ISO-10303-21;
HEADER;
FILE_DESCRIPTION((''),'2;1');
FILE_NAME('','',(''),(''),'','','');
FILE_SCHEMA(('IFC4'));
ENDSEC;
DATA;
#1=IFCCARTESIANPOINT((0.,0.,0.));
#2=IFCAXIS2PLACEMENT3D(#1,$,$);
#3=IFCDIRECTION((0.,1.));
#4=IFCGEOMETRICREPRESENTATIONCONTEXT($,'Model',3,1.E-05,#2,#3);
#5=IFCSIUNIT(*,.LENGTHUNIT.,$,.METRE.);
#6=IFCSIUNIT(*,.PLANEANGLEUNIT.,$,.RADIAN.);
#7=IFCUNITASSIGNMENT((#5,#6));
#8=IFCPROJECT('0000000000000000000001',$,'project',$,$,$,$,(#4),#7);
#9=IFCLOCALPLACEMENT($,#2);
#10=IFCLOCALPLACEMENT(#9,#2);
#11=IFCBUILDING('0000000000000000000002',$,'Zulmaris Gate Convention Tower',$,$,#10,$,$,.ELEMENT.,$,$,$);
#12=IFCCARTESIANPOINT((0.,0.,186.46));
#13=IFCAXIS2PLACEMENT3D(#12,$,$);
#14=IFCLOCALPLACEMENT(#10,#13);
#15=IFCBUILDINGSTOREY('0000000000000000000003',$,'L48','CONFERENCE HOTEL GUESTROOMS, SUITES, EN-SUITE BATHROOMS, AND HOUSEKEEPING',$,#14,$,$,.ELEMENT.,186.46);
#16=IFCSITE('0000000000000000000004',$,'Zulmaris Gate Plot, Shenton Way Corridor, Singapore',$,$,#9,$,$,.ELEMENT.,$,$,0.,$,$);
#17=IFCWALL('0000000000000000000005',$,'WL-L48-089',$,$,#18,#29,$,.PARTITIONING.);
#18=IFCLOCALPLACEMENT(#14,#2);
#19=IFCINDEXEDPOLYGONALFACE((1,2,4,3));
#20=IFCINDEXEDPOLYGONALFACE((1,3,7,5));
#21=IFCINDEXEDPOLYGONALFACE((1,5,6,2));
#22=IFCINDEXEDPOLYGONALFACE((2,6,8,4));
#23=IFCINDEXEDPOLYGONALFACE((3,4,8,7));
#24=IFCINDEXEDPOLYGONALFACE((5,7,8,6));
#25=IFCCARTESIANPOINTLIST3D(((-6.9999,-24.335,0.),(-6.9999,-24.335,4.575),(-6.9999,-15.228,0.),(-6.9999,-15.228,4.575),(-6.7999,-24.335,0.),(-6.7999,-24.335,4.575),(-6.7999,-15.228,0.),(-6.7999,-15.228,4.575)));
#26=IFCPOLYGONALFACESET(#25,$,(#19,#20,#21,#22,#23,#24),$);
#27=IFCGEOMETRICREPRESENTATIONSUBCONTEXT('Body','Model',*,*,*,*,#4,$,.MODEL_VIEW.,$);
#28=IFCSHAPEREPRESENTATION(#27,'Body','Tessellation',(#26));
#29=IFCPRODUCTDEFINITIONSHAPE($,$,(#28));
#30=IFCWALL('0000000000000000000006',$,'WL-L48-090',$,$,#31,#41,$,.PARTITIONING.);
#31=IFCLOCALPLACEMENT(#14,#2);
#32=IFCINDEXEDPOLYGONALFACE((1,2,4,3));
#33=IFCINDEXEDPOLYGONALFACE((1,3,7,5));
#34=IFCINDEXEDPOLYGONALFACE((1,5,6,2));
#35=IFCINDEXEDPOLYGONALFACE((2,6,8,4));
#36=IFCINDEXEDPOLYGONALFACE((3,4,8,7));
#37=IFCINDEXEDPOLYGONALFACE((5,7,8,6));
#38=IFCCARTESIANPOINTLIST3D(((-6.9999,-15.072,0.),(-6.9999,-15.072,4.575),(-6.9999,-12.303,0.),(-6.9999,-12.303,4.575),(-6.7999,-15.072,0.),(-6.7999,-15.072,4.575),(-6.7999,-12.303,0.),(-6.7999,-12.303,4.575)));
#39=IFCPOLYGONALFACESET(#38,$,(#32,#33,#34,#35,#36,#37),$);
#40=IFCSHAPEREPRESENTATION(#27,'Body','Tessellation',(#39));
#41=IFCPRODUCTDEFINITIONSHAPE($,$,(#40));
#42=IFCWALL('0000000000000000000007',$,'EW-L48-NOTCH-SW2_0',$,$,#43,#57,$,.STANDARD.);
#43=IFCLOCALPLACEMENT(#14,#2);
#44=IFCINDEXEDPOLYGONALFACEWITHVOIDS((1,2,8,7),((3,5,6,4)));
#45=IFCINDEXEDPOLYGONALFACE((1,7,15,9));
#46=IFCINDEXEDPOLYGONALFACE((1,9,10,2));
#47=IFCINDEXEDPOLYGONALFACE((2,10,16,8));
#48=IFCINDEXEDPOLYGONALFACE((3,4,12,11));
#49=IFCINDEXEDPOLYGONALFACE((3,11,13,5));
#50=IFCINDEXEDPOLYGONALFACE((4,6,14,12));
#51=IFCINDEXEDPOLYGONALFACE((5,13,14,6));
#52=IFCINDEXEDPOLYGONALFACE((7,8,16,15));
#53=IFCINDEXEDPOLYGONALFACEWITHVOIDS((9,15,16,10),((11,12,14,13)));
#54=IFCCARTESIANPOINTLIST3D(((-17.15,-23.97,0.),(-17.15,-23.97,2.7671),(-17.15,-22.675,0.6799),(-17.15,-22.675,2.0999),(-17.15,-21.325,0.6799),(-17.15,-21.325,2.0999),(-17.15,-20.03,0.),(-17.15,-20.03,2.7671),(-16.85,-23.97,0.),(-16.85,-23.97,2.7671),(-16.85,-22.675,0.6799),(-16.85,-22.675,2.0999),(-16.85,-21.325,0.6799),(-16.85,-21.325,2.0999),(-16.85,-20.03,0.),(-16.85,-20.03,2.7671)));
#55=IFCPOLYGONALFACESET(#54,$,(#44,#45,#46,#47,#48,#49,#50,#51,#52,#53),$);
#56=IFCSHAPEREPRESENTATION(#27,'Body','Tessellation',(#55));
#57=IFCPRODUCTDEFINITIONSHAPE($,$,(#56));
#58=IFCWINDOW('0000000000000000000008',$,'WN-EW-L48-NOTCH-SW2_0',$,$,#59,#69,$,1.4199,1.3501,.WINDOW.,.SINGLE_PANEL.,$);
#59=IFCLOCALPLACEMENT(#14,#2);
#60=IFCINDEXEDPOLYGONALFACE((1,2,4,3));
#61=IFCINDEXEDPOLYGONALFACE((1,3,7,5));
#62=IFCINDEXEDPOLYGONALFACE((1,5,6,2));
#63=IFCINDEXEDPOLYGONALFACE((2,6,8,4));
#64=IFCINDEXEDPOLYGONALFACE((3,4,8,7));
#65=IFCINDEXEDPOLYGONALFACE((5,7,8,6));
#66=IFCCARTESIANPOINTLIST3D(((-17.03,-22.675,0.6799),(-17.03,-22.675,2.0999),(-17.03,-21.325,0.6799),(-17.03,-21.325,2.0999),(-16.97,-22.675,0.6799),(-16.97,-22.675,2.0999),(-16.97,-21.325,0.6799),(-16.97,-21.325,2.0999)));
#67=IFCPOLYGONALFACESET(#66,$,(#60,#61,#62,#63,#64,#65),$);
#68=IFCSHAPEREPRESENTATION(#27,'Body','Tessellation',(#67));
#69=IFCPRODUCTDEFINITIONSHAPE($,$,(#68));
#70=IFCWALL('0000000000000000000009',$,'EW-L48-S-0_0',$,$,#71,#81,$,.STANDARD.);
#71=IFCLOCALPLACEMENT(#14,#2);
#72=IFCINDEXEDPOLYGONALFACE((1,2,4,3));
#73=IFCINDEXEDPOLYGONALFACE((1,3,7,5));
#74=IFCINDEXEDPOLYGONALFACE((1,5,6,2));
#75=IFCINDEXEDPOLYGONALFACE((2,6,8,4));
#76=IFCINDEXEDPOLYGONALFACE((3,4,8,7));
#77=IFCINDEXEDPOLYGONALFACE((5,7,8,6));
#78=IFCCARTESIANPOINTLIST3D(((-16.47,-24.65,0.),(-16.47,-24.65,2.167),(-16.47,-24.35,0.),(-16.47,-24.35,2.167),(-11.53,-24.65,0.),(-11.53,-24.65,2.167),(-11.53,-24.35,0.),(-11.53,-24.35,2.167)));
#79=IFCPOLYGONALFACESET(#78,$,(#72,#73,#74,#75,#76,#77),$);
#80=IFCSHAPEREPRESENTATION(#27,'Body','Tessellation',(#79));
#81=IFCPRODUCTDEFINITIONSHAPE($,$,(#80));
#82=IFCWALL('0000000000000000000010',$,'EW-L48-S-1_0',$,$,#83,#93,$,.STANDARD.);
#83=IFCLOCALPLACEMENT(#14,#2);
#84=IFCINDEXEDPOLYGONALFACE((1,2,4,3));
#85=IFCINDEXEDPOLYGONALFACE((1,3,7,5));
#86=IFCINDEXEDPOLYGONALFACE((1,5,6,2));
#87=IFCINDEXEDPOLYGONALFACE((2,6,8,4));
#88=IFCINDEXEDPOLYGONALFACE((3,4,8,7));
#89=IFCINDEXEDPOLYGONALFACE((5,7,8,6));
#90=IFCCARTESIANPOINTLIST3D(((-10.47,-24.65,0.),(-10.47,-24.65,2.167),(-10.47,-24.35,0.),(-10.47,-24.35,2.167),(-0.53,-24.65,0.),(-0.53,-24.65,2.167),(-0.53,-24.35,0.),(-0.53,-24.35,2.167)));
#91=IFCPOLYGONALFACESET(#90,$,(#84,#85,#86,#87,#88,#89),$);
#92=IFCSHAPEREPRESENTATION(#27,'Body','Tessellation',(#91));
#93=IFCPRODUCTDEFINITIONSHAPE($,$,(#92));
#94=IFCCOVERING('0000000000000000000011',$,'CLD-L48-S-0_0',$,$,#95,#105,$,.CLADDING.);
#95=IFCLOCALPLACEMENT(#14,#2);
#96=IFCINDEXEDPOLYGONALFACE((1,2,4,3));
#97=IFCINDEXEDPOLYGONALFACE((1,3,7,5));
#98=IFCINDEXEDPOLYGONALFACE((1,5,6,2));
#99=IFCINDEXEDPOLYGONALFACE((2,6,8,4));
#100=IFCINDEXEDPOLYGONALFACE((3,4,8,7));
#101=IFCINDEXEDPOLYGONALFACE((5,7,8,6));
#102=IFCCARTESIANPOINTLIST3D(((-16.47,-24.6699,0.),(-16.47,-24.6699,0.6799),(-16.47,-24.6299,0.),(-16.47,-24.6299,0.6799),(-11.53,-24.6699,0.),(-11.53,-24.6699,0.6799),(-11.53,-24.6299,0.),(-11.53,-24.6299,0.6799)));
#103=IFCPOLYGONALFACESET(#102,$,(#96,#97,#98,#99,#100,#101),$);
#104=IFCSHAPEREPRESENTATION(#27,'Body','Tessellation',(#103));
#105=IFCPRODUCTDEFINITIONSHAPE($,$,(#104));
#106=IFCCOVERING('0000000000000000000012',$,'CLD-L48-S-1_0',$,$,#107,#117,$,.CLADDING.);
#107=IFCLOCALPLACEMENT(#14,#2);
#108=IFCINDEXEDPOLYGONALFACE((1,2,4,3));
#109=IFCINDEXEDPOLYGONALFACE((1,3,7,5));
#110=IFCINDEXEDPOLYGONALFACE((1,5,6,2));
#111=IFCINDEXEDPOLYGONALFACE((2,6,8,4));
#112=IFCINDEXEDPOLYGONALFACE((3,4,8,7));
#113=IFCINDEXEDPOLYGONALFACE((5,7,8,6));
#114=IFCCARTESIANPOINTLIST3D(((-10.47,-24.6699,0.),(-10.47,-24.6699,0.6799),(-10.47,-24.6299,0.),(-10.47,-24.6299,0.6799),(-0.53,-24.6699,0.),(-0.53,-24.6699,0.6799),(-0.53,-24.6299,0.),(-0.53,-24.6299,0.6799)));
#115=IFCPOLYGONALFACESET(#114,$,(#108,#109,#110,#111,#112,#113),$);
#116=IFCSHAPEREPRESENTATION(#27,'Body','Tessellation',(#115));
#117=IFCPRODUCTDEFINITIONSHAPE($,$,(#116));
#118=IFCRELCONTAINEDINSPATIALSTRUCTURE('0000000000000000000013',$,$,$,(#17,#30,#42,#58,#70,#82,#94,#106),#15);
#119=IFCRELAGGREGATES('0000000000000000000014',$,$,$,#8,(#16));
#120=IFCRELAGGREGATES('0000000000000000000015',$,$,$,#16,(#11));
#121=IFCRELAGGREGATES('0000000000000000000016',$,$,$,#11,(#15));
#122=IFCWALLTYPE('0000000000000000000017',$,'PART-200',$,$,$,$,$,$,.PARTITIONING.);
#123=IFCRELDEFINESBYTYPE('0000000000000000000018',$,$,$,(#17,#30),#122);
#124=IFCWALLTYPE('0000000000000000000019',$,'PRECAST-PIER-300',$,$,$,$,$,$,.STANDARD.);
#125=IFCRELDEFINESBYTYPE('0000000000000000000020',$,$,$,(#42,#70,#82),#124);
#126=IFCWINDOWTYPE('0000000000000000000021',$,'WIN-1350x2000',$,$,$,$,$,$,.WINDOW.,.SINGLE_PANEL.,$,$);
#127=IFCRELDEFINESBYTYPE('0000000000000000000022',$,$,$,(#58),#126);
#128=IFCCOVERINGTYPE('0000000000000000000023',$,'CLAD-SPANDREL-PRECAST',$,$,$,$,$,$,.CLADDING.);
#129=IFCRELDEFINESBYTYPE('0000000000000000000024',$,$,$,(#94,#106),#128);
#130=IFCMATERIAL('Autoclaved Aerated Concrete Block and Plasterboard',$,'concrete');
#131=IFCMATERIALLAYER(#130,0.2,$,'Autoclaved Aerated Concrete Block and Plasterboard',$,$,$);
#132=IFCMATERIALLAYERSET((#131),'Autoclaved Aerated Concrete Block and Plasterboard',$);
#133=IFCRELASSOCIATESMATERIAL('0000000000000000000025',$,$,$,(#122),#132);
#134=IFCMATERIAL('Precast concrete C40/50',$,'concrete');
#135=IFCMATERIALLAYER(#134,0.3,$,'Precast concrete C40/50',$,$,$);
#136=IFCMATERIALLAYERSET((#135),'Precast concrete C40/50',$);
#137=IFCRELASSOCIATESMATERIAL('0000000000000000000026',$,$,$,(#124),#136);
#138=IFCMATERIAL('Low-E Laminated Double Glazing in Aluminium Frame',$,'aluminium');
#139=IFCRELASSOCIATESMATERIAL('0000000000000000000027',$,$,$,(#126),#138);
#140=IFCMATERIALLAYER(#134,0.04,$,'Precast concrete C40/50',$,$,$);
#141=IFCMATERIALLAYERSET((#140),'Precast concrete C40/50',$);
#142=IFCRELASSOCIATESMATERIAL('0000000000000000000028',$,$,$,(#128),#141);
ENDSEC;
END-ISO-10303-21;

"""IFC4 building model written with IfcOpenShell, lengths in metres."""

from ifc_helpers import new_model, si_unit, direction, frame, frame_2d, origin, place, context, subcontext, project, spatial, rectangle, extrude, material, layer, layer_set, type_object, element, fill, save


model = new_model("IFC4")

# Units and contexts
model_context = context("Model", 3, precision=1e-05, world=origin(), true_north=direction((0.0, 1.0)))
body_context = subcontext(model_context, "Body", "Model", "MODEL_VIEW")
ifc_project = project(units=[si_unit("LENGTHUNIT", "METRE"), si_unit("PLANEANGLEUNIT", "RADIAN")], contexts=[model_context])

# Site, building, storey
site_placement = place(None, origin())
site = spatial("IfcSite", under=ifc_project, at=site_placement, Name="Zulmaris Gate Plot, Shenton Way Corridor, Singapore", CompositionType="ELEMENT", RefElevation=0.0)
building_placement = place(site_placement, origin())
building = spatial("IfcBuilding", under=site, at=building_placement, Name="Zulmaris Gate Convention Tower", CompositionType="ELEMENT")
storey_placement = place(building_placement, frame((0.0, 0.0, 186.46)))
storey = spatial("IfcBuildingStorey", under=building, at=storey_placement, Name="L48", Description="CONFERENCE HOTEL GUESTROOMS, SUITES, EN-SUITE BATHROOMS, AND HOUSEKEEPING", CompositionType="ELEMENT", Elevation=186.46)

# Walls
ifc_material_1 = material(Name="Autoclaved Aerated Concrete Block and Plasterboard", Category="concrete")
ifc_layer_1 = layer(ifc_material_1, 0.2, Name="Autoclaved Aerated Concrete Block and Plasterboard")
ifc_layer_set_1 = layer_set([ifc_layer_1], Name="Autoclaved Aerated Concrete Block and Plasterboard")
wall_type_1 = type_object("IfcWallType", Name="PART-200", PredefinedType="PARTITIONING", material=ifc_layer_set_1)
wall_1_placement = place(storey_placement, frame((-6.8999, -24.335, 0.0), z_axis=(0.0, 0.0, 1.0), x_axis=(0.0, 1.0, 0.0)))
element("IfcWall", 1, at=wall_1_placement, inside=storey, type_object=wall_type_1, Name="WL-L48-089", PredefinedType="PARTITIONING", context=body_context, shape_type="SweptSolid", body=[
    extrude(rectangle(XDim=9.1069, YDim=0.2, at=frame_2d((4.5535, 0.0))), origin(), (0.0, 0.0, 1.0), 4.575),
])
wall_2_placement = place(storey_placement, frame((-6.8999, -15.072, 0.0), z_axis=(0.0, 0.0, 1.0), x_axis=(0.0, 1.0, 0.0)))
element("IfcWall", 2, at=wall_2_placement, inside=storey, type_object=wall_type_1, Name="WL-L48-090", PredefinedType="PARTITIONING", context=body_context, shape_type="SweptSolid", body=[
    extrude(rectangle(XDim=2.769, YDim=0.2, at=frame_2d((1.3845, 0.0))), origin(), (0.0, 0.0, 1.0), 4.575),
])

# Wall, opening, window
ifc_material_2 = material(Name="Precast concrete C40/50", Category="concrete")
ifc_layer_2 = layer(ifc_material_2, 0.3, Name="Precast concrete C40/50")
ifc_layer_set_2 = layer_set([ifc_layer_2], Name="Precast concrete C40/50")
wall_type_2 = type_object("IfcWallType", Name="PRECAST-PIER-300", PredefinedType="STANDARD", material=ifc_layer_set_2)
wall_3_placement = place(storey_placement, frame((-17.0, -20.03, 0.0), z_axis=(0.0, 0.0, 1.0), x_axis=(0.0, -1.0, 0.0)))
wall_3 = element("IfcWall", 3, at=wall_3_placement, inside=storey, type_object=wall_type_2, Name="EW-L48-NOTCH-SW2_0", PredefinedType="STANDARD", context=body_context, shape_type="SweptSolid", body=[
    extrude(rectangle(XDim=3.9399, YDim=0.3, at=frame_2d((1.97, 0.0))), origin(), (0.0, 0.0, 1.0), 2.7671),
])
opening_1_placement = place(wall_3_placement, frame((1.2949, 0.0, 0.6799)))
opening_1 = element("IfcOpeningElement", 4, at=opening_1_placement, cuts=wall_3, PredefinedType="OPENING", context=body_context, shape_type="SweptSolid", body=[
    extrude(rectangle(XDim=1.3501, YDim=1.4199, at=frame_2d((0.675, 0.71))), frame((0.0, 0.1602, 0.0), z_axis=(0.0, -1.0, 0.0), x_axis=(1.0, 0.0, 0.0)), (0.0, 0.0, 1.0), 0.3201),
])
ifc_material_3 = material(Name="Low-E Laminated Double Glazing in Aluminium Frame", Category="aluminium")
window_type = type_object("IfcWindowType", Name="WIN-1350x2000", PartitioningType="SINGLE_PANEL", PredefinedType="WINDOW", material=ifc_material_3)
window_placement = place(opening_1_placement, origin())
window = element("IfcWindow", 5, at=window_placement, inside=storey, type_object=window_type, Name="WN-EW-L48-NOTCH-SW2_0", OverallHeight=1.4199, OverallWidth=1.3501, PartitioningType="SINGLE_PANEL", PredefinedType="WINDOW", context=body_context, shape_type="SweptSolid", body=[
    extrude(rectangle(XDim=1.3501, YDim=1.4199, at=frame_2d((0.675, 0.71))), frame((0.0, 0.03, 0.0), z_axis=(0.0, -1.0, 0.0), x_axis=(1.0, 0.0, 0.0)), (0.0, 0.0, 1.0), 0.0601),
])
fill(opening_1, window)

# Walls
wall_4_placement = place(storey_placement, frame((-16.47, -24.5, 0.0), z_axis=(0.0, 0.0, 1.0), x_axis=(1.0, 0.0, 0.0)))
element("IfcWall", 6, at=wall_4_placement, inside=storey, type_object=wall_type_2, Name="EW-L48-S-0_0", PredefinedType="STANDARD", context=body_context, shape_type="SweptSolid", body=[
    extrude(rectangle(XDim=4.9399, YDim=0.3, at=frame_2d((2.47, 0.0))), origin(), (0.0, 0.0, 1.0), 2.167),
])
wall_5_placement = place(storey_placement, frame((-10.47, -24.5, 0.0), z_axis=(0.0, 0.0, 1.0), x_axis=(1.0, 0.0, 0.0)))
element("IfcWall", 7, at=wall_5_placement, inside=storey, type_object=wall_type_2, Name="EW-L48-S-1_0", PredefinedType="STANDARD", context=body_context, shape_type="SweptSolid", body=[
    extrude(rectangle(XDim=9.9399, YDim=0.3, at=frame_2d((4.97, 0.0))), origin(), (0.0, 0.0, 1.0), 2.167),
])

# Coverings
ifc_layer_3 = layer(ifc_material_2, 0.04, Name="Precast concrete C40/50")
ifc_layer_set_3 = layer_set([ifc_layer_3], Name="Precast concrete C40/50")
covering_type = type_object("IfcCoveringType", Name="CLAD-SPANDREL-PRECAST", PredefinedType="CLADDING", material=ifc_layer_set_3)
covering_1_placement = place(storey_placement, frame((-16.47, -24.6499, 0.0), z_axis=(0.0, 0.0, 1.0), x_axis=(1.0, 0.0, 0.0)))
element("IfcCovering", 8, at=covering_1_placement, inside=storey, type_object=covering_type, Name="CLD-L48-S-0_0", PredefinedType="CLADDING", context=body_context, shape_type="SweptSolid", body=[
    extrude(rectangle(XDim=4.9399, YDim=0.04, at=frame_2d((2.47, 0.0))), origin(), (0.0, 0.0, 1.0), 0.6799),
])
covering_2_placement = place(storey_placement, frame((-10.47, -24.6499, 0.0), z_axis=(0.0, 0.0, 1.0), x_axis=(1.0, 0.0, 0.0)))
element("IfcCovering", 9, at=covering_2_placement, inside=storey, type_object=covering_type, Name="CLD-L48-S-1_0", PredefinedType="CLADDING", context=body_context, shape_type="SweptSolid", body=[
    extrude(rectangle(XDim=9.9399, YDim=0.04, at=frame_2d((4.97, 0.0))), origin(), (0.0, 0.0, 1.0), 0.6799),
])

save(model, "model.ifc")
